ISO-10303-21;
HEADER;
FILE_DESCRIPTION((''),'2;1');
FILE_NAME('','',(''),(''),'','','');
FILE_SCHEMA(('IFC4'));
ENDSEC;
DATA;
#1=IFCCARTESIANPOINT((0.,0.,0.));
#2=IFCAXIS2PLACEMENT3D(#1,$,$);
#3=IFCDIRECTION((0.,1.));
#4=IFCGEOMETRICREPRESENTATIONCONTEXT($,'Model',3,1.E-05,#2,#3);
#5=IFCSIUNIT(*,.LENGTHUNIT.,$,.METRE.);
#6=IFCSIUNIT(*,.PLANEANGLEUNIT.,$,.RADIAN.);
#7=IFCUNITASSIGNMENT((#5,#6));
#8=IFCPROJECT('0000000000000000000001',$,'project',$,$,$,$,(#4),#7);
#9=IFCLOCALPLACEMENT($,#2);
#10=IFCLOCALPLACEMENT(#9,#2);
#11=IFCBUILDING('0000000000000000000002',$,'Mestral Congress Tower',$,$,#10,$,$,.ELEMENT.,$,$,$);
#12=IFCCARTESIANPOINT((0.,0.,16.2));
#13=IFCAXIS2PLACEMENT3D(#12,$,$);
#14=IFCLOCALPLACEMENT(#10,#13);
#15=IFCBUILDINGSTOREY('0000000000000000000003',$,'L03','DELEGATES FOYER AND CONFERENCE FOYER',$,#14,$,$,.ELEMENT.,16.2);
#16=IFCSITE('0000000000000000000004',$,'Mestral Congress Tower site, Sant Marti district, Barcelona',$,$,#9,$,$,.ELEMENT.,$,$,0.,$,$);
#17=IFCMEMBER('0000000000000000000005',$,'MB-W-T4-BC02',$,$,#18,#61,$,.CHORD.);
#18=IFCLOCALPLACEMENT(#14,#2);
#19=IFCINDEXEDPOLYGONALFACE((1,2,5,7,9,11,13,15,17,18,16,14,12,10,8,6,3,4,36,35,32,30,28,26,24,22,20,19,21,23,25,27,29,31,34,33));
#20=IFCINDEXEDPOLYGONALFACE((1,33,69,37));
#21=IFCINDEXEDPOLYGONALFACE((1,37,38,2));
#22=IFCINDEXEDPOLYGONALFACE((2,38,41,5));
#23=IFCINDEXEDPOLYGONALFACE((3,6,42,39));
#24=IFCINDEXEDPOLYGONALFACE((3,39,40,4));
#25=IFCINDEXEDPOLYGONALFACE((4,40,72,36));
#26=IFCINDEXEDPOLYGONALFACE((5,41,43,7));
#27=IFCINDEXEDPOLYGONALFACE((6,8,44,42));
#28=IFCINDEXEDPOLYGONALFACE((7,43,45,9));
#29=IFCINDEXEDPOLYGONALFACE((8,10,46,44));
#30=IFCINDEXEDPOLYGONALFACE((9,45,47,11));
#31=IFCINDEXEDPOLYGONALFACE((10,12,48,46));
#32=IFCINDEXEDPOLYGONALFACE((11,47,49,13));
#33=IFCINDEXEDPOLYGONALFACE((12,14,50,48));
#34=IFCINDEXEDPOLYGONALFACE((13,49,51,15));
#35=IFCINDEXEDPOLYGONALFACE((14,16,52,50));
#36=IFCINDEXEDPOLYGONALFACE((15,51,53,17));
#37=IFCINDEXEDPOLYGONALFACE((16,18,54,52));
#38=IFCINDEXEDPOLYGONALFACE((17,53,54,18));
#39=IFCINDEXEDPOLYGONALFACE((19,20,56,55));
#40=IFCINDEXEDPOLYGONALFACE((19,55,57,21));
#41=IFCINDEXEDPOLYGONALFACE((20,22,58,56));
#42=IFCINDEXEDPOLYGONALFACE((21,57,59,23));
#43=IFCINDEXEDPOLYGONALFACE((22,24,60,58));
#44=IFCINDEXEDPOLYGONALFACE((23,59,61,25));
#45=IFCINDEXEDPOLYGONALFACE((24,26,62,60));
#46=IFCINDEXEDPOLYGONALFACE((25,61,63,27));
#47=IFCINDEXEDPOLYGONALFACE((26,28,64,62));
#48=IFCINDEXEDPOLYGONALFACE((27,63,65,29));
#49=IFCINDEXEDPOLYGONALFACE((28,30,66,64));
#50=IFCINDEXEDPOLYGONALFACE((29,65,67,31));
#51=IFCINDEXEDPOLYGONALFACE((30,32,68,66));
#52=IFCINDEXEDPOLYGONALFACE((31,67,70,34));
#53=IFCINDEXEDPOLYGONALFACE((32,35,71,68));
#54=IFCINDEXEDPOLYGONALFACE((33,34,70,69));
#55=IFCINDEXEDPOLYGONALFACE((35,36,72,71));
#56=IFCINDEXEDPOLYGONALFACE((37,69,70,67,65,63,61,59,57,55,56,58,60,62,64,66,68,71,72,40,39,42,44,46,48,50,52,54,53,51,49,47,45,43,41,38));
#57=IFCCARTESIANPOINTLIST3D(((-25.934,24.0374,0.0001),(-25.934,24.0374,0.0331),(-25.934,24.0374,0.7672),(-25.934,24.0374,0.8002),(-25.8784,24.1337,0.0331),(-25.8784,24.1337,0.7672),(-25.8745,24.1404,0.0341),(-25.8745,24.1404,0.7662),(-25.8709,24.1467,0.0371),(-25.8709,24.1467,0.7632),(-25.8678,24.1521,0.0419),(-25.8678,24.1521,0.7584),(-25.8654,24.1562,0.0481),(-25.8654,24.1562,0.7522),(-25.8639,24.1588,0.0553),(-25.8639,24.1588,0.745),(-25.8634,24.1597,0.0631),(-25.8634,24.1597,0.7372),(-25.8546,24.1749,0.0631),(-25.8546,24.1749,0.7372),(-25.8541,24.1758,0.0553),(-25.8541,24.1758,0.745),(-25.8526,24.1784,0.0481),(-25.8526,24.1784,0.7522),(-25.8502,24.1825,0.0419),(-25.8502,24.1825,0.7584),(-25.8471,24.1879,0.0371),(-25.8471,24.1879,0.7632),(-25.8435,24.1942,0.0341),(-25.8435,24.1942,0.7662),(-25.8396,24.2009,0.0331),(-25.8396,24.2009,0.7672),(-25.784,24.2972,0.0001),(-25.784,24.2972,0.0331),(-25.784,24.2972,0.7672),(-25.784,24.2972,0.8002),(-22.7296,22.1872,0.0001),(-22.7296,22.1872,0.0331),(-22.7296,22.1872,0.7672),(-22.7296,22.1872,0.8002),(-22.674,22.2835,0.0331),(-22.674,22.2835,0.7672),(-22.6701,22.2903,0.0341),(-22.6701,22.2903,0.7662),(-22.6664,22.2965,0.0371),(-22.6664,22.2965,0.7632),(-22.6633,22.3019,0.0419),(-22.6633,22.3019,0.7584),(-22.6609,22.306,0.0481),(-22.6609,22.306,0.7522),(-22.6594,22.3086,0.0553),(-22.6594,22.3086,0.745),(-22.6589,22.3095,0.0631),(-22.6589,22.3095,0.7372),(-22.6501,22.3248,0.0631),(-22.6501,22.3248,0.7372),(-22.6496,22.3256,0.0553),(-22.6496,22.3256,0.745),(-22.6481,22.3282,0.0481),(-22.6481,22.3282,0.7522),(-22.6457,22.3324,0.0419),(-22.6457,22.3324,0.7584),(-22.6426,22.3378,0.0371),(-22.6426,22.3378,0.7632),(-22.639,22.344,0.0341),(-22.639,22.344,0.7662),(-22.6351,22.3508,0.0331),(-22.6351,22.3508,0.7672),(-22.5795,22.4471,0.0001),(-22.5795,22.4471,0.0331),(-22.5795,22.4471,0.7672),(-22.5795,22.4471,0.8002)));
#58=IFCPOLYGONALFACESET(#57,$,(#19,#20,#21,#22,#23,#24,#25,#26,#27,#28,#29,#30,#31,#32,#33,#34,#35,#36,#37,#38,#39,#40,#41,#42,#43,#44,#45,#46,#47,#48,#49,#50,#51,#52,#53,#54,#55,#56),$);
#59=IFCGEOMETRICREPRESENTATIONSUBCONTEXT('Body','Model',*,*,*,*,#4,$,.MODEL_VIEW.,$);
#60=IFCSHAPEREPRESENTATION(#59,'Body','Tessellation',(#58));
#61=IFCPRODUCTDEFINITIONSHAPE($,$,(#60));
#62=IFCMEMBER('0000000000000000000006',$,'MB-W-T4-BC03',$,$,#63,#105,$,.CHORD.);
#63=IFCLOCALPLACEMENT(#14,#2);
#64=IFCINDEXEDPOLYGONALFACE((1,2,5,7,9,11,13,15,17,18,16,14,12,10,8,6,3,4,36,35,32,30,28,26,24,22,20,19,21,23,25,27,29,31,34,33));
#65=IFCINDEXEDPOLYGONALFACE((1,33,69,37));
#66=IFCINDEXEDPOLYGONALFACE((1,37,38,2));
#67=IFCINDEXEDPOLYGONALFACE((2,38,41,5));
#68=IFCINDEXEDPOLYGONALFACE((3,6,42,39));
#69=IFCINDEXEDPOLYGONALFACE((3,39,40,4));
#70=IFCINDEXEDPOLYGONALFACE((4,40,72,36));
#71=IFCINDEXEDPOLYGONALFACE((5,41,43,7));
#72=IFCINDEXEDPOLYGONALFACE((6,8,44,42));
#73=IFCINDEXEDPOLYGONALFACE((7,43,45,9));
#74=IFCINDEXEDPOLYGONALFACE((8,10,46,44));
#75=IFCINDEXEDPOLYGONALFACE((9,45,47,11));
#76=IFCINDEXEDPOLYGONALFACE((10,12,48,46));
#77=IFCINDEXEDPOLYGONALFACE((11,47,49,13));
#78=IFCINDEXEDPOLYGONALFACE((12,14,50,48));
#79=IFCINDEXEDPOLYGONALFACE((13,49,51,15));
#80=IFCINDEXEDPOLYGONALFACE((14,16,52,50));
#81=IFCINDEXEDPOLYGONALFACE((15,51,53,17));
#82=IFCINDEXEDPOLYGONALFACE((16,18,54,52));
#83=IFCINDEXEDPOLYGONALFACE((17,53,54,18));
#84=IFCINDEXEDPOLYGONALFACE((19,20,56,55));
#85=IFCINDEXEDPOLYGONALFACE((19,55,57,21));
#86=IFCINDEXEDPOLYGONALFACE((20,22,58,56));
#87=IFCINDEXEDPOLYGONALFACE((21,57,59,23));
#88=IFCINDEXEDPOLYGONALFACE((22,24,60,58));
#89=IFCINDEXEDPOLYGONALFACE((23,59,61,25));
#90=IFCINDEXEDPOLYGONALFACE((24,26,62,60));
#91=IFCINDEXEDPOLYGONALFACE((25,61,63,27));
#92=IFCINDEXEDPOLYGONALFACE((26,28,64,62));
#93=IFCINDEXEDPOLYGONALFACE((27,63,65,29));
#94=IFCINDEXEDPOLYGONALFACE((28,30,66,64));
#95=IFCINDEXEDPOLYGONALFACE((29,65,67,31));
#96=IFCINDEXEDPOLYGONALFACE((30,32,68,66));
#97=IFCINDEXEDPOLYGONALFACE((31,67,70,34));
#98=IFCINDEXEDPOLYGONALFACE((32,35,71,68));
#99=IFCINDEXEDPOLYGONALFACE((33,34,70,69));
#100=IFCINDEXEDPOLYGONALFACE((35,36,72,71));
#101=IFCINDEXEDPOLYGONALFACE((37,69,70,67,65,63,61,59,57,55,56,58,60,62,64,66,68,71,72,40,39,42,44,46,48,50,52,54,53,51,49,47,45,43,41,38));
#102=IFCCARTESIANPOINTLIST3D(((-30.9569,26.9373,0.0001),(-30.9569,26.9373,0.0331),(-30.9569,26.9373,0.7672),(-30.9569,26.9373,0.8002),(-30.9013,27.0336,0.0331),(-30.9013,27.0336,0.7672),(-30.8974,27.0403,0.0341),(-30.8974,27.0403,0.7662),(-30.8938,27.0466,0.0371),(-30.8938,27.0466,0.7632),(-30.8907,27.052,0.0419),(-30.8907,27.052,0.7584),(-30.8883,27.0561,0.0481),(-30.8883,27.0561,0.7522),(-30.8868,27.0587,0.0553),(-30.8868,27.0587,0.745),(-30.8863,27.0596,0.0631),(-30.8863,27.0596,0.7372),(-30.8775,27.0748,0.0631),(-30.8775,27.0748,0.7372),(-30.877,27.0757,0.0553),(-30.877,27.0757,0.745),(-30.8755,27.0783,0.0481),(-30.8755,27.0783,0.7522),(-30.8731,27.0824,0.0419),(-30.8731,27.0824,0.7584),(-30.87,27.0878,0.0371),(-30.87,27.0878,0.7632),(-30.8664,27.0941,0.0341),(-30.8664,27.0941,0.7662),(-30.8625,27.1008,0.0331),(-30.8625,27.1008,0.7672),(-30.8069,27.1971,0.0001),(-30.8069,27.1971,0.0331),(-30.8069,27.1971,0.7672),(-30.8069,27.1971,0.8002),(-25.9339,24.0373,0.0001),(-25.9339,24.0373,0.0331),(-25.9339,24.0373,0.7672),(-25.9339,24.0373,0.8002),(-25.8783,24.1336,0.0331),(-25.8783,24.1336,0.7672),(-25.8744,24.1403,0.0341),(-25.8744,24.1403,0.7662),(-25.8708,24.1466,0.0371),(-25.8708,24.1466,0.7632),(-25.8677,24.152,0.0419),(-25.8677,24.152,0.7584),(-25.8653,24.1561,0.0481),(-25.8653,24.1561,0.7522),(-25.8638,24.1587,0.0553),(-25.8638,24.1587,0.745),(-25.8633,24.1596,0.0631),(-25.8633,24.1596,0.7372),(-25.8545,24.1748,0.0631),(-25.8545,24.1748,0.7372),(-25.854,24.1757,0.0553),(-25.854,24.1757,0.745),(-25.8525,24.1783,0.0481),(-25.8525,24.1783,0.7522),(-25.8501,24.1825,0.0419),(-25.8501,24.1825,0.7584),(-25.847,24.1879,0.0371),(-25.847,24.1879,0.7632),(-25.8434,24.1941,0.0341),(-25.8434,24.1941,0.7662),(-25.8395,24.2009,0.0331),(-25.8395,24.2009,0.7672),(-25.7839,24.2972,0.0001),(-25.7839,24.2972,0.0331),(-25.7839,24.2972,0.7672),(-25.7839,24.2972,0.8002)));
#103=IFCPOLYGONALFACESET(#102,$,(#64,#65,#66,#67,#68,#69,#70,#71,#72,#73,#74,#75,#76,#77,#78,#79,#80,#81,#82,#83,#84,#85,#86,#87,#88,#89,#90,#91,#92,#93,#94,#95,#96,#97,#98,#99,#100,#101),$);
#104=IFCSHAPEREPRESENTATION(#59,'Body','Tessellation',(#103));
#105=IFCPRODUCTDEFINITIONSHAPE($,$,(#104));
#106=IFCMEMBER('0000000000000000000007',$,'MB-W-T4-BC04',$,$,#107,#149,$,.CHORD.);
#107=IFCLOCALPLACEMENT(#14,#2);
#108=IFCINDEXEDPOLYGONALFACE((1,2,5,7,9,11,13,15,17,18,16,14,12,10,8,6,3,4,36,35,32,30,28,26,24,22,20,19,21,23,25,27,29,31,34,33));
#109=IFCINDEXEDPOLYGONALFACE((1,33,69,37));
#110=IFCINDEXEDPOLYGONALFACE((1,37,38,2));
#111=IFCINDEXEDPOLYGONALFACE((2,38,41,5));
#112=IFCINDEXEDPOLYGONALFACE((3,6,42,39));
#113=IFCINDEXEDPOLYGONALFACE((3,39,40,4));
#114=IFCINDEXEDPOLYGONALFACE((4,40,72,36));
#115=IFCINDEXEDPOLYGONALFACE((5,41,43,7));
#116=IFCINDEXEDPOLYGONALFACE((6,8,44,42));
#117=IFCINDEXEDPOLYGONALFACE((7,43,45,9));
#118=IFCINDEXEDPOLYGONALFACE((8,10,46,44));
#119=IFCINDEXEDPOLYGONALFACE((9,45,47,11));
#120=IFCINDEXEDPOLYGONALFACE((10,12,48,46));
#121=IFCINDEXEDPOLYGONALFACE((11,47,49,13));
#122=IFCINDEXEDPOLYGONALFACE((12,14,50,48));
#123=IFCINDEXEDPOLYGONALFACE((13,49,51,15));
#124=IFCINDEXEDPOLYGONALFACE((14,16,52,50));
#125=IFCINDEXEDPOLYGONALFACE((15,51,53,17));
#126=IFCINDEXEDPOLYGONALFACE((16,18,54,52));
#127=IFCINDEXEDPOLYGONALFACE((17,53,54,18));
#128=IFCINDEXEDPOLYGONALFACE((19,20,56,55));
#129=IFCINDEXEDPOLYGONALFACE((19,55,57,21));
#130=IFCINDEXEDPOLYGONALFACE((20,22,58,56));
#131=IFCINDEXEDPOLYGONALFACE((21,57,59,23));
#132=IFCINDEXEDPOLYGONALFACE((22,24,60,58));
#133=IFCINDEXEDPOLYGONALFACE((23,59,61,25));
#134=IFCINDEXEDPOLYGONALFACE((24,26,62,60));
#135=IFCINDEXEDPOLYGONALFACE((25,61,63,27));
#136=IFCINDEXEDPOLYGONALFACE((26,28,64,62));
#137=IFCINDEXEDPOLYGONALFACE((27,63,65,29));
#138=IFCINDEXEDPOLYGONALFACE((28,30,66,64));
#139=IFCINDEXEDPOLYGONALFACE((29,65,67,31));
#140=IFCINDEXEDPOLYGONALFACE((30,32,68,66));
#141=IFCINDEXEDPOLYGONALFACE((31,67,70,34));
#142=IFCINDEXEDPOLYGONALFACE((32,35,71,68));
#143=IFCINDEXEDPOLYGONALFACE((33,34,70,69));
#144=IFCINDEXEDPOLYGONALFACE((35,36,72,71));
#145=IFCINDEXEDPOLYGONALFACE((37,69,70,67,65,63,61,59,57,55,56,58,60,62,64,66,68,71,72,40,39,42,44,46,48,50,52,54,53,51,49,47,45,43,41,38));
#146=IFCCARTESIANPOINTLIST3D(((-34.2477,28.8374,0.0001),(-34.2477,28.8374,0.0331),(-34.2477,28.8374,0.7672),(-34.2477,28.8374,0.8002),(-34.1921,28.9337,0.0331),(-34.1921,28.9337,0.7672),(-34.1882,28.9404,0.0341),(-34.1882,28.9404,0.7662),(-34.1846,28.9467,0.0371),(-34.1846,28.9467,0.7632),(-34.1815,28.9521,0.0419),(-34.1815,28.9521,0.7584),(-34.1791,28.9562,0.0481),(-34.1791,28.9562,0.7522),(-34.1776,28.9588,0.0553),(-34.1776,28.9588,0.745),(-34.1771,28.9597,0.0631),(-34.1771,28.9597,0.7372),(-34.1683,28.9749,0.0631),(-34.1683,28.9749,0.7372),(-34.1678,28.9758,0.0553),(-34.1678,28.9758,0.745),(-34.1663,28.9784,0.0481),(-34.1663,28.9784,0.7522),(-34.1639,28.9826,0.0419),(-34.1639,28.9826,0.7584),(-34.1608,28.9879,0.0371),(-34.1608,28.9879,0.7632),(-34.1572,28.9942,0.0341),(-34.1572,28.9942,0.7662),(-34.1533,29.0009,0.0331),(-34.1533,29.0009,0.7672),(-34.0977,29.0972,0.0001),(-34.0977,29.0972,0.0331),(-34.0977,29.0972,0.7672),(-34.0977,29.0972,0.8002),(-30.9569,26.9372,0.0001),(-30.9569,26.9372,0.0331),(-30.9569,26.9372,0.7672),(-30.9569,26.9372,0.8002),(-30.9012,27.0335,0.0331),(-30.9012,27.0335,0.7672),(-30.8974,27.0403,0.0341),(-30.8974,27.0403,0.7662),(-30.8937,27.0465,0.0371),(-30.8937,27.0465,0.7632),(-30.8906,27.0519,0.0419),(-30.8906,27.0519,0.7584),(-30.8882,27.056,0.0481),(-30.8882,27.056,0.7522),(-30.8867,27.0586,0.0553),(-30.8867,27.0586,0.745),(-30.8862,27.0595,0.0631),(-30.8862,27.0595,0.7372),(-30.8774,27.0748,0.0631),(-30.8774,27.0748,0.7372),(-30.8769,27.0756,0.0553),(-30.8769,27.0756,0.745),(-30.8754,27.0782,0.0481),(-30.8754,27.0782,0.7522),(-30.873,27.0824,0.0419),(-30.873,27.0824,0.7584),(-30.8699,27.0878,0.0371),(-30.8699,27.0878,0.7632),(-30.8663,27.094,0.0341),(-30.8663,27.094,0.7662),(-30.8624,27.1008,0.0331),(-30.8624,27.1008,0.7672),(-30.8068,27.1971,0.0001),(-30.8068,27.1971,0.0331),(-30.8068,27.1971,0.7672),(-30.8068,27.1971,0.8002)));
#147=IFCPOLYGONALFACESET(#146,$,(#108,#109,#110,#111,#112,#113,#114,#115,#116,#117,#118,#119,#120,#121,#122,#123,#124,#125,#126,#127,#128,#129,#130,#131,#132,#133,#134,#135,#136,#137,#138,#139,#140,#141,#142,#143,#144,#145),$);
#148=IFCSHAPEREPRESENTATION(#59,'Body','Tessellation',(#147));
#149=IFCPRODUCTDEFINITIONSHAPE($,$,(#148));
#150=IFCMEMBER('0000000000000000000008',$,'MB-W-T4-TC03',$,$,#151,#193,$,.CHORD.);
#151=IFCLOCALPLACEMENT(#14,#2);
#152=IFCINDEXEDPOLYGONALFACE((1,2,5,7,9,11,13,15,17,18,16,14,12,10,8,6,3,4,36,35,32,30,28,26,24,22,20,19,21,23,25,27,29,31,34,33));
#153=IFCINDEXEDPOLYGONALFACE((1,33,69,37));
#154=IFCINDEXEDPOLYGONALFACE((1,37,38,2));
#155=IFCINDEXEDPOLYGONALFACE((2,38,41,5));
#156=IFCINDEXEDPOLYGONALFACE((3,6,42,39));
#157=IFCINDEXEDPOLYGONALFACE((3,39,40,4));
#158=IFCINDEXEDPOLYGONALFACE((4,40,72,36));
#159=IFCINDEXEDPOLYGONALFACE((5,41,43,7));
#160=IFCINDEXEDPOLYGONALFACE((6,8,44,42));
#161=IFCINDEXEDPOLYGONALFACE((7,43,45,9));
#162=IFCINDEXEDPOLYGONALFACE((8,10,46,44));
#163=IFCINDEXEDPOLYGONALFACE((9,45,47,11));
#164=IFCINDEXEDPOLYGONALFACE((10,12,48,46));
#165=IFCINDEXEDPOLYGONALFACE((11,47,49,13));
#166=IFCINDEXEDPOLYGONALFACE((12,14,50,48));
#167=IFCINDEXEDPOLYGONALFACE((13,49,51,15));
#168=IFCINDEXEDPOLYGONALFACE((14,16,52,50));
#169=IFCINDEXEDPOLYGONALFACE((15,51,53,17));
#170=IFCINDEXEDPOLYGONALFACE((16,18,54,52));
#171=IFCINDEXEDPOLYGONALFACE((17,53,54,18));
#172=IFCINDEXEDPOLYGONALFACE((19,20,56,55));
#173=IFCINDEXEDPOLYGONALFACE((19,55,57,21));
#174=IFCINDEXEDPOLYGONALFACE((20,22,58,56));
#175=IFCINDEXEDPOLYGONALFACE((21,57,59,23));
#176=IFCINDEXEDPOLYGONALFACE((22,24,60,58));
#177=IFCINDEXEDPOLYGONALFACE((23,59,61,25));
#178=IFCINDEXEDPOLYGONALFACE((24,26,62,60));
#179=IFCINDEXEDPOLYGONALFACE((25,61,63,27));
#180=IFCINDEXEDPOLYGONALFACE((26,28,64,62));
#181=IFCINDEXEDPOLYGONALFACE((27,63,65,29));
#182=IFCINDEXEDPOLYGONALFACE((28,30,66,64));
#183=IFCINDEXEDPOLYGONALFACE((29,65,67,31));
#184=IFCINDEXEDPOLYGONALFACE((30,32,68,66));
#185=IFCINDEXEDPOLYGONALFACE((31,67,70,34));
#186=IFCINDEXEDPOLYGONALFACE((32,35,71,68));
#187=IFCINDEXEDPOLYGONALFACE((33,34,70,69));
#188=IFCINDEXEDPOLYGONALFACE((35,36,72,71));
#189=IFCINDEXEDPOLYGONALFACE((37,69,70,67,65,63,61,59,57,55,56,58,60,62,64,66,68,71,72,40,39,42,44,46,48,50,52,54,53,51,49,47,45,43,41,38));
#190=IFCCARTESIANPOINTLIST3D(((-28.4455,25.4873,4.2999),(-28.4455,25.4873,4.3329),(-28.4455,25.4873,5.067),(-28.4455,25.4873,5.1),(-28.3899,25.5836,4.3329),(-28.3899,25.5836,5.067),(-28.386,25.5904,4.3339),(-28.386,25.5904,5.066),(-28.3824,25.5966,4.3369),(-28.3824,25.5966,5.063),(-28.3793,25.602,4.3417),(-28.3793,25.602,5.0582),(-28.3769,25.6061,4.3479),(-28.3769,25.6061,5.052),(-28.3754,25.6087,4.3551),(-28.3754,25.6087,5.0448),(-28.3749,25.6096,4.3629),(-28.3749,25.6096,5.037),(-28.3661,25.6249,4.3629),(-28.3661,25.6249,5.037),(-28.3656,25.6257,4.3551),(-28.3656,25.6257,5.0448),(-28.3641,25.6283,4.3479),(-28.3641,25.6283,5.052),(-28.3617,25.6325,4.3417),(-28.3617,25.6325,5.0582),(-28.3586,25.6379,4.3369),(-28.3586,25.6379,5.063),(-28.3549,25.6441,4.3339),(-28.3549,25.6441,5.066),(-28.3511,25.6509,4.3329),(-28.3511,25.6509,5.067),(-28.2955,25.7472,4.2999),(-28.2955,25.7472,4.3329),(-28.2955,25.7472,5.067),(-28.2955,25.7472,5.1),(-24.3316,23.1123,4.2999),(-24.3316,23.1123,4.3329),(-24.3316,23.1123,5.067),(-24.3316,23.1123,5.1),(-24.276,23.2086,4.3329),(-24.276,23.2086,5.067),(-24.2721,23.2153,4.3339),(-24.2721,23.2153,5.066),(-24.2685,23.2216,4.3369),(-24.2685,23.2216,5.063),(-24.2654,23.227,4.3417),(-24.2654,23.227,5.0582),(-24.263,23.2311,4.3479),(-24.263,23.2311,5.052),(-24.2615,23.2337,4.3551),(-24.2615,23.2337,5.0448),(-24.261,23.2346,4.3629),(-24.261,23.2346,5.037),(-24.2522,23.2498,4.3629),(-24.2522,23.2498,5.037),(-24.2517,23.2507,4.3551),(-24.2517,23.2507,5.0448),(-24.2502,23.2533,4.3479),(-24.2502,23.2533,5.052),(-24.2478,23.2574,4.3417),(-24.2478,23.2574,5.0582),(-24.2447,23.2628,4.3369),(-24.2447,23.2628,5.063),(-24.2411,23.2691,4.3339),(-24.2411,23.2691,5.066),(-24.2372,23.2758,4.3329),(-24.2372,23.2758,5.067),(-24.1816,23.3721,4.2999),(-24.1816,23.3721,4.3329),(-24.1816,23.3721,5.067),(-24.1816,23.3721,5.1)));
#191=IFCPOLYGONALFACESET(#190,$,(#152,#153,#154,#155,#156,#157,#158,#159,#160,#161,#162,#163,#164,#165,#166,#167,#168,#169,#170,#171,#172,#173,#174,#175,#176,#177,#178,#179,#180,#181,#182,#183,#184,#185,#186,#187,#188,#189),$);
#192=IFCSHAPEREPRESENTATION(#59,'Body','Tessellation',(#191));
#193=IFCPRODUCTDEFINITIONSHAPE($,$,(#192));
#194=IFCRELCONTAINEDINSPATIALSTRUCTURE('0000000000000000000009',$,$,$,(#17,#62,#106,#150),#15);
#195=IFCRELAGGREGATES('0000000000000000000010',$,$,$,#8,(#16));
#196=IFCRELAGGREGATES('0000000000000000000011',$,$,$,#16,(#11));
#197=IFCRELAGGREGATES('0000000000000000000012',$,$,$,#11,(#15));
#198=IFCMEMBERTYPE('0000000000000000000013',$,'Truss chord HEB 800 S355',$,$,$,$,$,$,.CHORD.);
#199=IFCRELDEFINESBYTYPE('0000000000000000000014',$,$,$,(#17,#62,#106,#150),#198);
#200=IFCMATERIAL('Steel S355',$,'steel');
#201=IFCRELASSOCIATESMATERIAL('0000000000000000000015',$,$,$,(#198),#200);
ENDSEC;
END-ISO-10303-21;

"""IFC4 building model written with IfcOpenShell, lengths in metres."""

from ifc_helpers import new_model, si_unit, direction, frame, origin, origin_2d, place, context, subcontext, project, spatial, i_section, extrude, material, material_profile, profile_set, type_object, element, save


model = new_model("IFC4")

# Units and contexts
model_context = context("Model", 3, precision=1e-05, world=origin(), true_north=direction((0.0, 1.0)))
body_context = subcontext(model_context, "Body", "Model", "MODEL_VIEW")
ifc_project = project(units=[si_unit("LENGTHUNIT", "METRE"), si_unit("PLANEANGLEUNIT", "RADIAN")], contexts=[model_context])

# Site, building, storey
site_placement = place(None, origin())
site = spatial("IfcSite", under=ifc_project, at=site_placement, Name="Mestral Congress Tower site, Sant Marti district, Barcelona", CompositionType="ELEMENT", RefElevation=0.0)
building_placement = place(site_placement, origin())
building = spatial("IfcBuilding", under=site, at=building_placement, Name="Mestral Congress Tower", CompositionType="ELEMENT")
storey_placement = place(building_placement, frame((0.0, 0.0, 16.2)))
storey = spatial("IfcBuildingStorey", under=building, at=storey_placement, Name="L03", Description="DELEGATES FOYER AND CONFERENCE FOYER", CompositionType="ELEMENT", Elevation=16.2)

# Members
ifc_material = material(Name="Steel S355", Category="steel")
ifc_material_profile_1 = material_profile(ifc_material, i_section(OverallWidth=0.3, OverallDepth=0.8, WebThickness=0.0176, FlangeThickness=0.033, FilletRadius=0.03, at=origin_2d()), Name="HEB 800")
ifc_profile_set_1 = profile_set([ifc_material_profile_1], Name="Steel S355")
member_type_1 = type_object("IfcMemberType", Name="Truss chord HEB 800 S355", PredefinedType="CHORD", material=ifc_profile_set_1)
member_1_placement = place(storey_placement, frame((-22.6545, 22.3171, 0.4001), z_axis=(-0.866017, 0.500014, 0.0), x_axis=(-0.500014, -0.866017, 0.0)))
element("IfcMember", 1, at=member_1_placement, inside=storey, type_object=member_type_1, Name="MB-W-T4-BC02", PredefinedType="CHORD", context=body_context, shape_type="SweptSolid", body=[
    extrude(i_section(OverallWidth=0.3, OverallDepth=0.8, WebThickness=0.0176, FlangeThickness=0.033, FilletRadius=0.03, at=origin_2d()), origin(), (0.0, 0.0, 1.0), 3.7002),
])
member_2_placement = place(storey_placement, frame((-25.8589, 24.1672, 0.4001), z_axis=(-0.866033, 0.499987, 0.0), x_axis=(-0.499987, -0.866033, 0.0)))
element("IfcMember", 2, at=member_2_placement, inside=storey, type_object=member_type_1, Name="MB-W-T4-BC03", PredefinedType="CHORD", context=body_context, shape_type="SweptSolid", body=[
    extrude(i_section(OverallWidth=0.3, OverallDepth=0.8, WebThickness=0.0176, FlangeThickness=0.033, FilletRadius=0.03, at=origin_2d()), origin(), (0.0, 0.0, 1.0), 5.8),
])
member_3_placement = place(storey_placement, frame((-30.8818, 27.0671, 0.4001), z_axis=(-0.866, 0.500043, 0.0), x_axis=(-0.500043, -0.866, 0.0)))
element("IfcMember", 3, at=member_3_placement, inside=storey, type_object=member_type_1, Name="MB-W-T4-BC04", PredefinedType="CHORD", context=body_context, shape_type="SweptSolid", body=[
    extrude(i_section(OverallWidth=0.3, OverallDepth=0.8, WebThickness=0.0176, FlangeThickness=0.033, FilletRadius=0.03, at=origin_2d()), origin(), (0.0, 0.0, 1.0), 3.8),
])
member_4_placement = place(storey_placement, frame((-24.2566, 23.2422, 4.7), z_axis=(-0.866033, 0.499986, 0.0), x_axis=(-0.499986, -0.866033, 0.0)))
element("IfcMember", 4, at=member_4_placement, inside=storey, type_object=member_type_1, Name="MB-W-T4-TC03", PredefinedType="CHORD", context=body_context, shape_type="SweptSolid", body=[
    extrude(i_section(OverallWidth=0.3, OverallDepth=0.8, WebThickness=0.0176, FlangeThickness=0.033, FilletRadius=0.03, at=origin_2d()), origin(), (0.0, 0.0, 1.0), 4.7502),
])

save(model, "model.ifc")
